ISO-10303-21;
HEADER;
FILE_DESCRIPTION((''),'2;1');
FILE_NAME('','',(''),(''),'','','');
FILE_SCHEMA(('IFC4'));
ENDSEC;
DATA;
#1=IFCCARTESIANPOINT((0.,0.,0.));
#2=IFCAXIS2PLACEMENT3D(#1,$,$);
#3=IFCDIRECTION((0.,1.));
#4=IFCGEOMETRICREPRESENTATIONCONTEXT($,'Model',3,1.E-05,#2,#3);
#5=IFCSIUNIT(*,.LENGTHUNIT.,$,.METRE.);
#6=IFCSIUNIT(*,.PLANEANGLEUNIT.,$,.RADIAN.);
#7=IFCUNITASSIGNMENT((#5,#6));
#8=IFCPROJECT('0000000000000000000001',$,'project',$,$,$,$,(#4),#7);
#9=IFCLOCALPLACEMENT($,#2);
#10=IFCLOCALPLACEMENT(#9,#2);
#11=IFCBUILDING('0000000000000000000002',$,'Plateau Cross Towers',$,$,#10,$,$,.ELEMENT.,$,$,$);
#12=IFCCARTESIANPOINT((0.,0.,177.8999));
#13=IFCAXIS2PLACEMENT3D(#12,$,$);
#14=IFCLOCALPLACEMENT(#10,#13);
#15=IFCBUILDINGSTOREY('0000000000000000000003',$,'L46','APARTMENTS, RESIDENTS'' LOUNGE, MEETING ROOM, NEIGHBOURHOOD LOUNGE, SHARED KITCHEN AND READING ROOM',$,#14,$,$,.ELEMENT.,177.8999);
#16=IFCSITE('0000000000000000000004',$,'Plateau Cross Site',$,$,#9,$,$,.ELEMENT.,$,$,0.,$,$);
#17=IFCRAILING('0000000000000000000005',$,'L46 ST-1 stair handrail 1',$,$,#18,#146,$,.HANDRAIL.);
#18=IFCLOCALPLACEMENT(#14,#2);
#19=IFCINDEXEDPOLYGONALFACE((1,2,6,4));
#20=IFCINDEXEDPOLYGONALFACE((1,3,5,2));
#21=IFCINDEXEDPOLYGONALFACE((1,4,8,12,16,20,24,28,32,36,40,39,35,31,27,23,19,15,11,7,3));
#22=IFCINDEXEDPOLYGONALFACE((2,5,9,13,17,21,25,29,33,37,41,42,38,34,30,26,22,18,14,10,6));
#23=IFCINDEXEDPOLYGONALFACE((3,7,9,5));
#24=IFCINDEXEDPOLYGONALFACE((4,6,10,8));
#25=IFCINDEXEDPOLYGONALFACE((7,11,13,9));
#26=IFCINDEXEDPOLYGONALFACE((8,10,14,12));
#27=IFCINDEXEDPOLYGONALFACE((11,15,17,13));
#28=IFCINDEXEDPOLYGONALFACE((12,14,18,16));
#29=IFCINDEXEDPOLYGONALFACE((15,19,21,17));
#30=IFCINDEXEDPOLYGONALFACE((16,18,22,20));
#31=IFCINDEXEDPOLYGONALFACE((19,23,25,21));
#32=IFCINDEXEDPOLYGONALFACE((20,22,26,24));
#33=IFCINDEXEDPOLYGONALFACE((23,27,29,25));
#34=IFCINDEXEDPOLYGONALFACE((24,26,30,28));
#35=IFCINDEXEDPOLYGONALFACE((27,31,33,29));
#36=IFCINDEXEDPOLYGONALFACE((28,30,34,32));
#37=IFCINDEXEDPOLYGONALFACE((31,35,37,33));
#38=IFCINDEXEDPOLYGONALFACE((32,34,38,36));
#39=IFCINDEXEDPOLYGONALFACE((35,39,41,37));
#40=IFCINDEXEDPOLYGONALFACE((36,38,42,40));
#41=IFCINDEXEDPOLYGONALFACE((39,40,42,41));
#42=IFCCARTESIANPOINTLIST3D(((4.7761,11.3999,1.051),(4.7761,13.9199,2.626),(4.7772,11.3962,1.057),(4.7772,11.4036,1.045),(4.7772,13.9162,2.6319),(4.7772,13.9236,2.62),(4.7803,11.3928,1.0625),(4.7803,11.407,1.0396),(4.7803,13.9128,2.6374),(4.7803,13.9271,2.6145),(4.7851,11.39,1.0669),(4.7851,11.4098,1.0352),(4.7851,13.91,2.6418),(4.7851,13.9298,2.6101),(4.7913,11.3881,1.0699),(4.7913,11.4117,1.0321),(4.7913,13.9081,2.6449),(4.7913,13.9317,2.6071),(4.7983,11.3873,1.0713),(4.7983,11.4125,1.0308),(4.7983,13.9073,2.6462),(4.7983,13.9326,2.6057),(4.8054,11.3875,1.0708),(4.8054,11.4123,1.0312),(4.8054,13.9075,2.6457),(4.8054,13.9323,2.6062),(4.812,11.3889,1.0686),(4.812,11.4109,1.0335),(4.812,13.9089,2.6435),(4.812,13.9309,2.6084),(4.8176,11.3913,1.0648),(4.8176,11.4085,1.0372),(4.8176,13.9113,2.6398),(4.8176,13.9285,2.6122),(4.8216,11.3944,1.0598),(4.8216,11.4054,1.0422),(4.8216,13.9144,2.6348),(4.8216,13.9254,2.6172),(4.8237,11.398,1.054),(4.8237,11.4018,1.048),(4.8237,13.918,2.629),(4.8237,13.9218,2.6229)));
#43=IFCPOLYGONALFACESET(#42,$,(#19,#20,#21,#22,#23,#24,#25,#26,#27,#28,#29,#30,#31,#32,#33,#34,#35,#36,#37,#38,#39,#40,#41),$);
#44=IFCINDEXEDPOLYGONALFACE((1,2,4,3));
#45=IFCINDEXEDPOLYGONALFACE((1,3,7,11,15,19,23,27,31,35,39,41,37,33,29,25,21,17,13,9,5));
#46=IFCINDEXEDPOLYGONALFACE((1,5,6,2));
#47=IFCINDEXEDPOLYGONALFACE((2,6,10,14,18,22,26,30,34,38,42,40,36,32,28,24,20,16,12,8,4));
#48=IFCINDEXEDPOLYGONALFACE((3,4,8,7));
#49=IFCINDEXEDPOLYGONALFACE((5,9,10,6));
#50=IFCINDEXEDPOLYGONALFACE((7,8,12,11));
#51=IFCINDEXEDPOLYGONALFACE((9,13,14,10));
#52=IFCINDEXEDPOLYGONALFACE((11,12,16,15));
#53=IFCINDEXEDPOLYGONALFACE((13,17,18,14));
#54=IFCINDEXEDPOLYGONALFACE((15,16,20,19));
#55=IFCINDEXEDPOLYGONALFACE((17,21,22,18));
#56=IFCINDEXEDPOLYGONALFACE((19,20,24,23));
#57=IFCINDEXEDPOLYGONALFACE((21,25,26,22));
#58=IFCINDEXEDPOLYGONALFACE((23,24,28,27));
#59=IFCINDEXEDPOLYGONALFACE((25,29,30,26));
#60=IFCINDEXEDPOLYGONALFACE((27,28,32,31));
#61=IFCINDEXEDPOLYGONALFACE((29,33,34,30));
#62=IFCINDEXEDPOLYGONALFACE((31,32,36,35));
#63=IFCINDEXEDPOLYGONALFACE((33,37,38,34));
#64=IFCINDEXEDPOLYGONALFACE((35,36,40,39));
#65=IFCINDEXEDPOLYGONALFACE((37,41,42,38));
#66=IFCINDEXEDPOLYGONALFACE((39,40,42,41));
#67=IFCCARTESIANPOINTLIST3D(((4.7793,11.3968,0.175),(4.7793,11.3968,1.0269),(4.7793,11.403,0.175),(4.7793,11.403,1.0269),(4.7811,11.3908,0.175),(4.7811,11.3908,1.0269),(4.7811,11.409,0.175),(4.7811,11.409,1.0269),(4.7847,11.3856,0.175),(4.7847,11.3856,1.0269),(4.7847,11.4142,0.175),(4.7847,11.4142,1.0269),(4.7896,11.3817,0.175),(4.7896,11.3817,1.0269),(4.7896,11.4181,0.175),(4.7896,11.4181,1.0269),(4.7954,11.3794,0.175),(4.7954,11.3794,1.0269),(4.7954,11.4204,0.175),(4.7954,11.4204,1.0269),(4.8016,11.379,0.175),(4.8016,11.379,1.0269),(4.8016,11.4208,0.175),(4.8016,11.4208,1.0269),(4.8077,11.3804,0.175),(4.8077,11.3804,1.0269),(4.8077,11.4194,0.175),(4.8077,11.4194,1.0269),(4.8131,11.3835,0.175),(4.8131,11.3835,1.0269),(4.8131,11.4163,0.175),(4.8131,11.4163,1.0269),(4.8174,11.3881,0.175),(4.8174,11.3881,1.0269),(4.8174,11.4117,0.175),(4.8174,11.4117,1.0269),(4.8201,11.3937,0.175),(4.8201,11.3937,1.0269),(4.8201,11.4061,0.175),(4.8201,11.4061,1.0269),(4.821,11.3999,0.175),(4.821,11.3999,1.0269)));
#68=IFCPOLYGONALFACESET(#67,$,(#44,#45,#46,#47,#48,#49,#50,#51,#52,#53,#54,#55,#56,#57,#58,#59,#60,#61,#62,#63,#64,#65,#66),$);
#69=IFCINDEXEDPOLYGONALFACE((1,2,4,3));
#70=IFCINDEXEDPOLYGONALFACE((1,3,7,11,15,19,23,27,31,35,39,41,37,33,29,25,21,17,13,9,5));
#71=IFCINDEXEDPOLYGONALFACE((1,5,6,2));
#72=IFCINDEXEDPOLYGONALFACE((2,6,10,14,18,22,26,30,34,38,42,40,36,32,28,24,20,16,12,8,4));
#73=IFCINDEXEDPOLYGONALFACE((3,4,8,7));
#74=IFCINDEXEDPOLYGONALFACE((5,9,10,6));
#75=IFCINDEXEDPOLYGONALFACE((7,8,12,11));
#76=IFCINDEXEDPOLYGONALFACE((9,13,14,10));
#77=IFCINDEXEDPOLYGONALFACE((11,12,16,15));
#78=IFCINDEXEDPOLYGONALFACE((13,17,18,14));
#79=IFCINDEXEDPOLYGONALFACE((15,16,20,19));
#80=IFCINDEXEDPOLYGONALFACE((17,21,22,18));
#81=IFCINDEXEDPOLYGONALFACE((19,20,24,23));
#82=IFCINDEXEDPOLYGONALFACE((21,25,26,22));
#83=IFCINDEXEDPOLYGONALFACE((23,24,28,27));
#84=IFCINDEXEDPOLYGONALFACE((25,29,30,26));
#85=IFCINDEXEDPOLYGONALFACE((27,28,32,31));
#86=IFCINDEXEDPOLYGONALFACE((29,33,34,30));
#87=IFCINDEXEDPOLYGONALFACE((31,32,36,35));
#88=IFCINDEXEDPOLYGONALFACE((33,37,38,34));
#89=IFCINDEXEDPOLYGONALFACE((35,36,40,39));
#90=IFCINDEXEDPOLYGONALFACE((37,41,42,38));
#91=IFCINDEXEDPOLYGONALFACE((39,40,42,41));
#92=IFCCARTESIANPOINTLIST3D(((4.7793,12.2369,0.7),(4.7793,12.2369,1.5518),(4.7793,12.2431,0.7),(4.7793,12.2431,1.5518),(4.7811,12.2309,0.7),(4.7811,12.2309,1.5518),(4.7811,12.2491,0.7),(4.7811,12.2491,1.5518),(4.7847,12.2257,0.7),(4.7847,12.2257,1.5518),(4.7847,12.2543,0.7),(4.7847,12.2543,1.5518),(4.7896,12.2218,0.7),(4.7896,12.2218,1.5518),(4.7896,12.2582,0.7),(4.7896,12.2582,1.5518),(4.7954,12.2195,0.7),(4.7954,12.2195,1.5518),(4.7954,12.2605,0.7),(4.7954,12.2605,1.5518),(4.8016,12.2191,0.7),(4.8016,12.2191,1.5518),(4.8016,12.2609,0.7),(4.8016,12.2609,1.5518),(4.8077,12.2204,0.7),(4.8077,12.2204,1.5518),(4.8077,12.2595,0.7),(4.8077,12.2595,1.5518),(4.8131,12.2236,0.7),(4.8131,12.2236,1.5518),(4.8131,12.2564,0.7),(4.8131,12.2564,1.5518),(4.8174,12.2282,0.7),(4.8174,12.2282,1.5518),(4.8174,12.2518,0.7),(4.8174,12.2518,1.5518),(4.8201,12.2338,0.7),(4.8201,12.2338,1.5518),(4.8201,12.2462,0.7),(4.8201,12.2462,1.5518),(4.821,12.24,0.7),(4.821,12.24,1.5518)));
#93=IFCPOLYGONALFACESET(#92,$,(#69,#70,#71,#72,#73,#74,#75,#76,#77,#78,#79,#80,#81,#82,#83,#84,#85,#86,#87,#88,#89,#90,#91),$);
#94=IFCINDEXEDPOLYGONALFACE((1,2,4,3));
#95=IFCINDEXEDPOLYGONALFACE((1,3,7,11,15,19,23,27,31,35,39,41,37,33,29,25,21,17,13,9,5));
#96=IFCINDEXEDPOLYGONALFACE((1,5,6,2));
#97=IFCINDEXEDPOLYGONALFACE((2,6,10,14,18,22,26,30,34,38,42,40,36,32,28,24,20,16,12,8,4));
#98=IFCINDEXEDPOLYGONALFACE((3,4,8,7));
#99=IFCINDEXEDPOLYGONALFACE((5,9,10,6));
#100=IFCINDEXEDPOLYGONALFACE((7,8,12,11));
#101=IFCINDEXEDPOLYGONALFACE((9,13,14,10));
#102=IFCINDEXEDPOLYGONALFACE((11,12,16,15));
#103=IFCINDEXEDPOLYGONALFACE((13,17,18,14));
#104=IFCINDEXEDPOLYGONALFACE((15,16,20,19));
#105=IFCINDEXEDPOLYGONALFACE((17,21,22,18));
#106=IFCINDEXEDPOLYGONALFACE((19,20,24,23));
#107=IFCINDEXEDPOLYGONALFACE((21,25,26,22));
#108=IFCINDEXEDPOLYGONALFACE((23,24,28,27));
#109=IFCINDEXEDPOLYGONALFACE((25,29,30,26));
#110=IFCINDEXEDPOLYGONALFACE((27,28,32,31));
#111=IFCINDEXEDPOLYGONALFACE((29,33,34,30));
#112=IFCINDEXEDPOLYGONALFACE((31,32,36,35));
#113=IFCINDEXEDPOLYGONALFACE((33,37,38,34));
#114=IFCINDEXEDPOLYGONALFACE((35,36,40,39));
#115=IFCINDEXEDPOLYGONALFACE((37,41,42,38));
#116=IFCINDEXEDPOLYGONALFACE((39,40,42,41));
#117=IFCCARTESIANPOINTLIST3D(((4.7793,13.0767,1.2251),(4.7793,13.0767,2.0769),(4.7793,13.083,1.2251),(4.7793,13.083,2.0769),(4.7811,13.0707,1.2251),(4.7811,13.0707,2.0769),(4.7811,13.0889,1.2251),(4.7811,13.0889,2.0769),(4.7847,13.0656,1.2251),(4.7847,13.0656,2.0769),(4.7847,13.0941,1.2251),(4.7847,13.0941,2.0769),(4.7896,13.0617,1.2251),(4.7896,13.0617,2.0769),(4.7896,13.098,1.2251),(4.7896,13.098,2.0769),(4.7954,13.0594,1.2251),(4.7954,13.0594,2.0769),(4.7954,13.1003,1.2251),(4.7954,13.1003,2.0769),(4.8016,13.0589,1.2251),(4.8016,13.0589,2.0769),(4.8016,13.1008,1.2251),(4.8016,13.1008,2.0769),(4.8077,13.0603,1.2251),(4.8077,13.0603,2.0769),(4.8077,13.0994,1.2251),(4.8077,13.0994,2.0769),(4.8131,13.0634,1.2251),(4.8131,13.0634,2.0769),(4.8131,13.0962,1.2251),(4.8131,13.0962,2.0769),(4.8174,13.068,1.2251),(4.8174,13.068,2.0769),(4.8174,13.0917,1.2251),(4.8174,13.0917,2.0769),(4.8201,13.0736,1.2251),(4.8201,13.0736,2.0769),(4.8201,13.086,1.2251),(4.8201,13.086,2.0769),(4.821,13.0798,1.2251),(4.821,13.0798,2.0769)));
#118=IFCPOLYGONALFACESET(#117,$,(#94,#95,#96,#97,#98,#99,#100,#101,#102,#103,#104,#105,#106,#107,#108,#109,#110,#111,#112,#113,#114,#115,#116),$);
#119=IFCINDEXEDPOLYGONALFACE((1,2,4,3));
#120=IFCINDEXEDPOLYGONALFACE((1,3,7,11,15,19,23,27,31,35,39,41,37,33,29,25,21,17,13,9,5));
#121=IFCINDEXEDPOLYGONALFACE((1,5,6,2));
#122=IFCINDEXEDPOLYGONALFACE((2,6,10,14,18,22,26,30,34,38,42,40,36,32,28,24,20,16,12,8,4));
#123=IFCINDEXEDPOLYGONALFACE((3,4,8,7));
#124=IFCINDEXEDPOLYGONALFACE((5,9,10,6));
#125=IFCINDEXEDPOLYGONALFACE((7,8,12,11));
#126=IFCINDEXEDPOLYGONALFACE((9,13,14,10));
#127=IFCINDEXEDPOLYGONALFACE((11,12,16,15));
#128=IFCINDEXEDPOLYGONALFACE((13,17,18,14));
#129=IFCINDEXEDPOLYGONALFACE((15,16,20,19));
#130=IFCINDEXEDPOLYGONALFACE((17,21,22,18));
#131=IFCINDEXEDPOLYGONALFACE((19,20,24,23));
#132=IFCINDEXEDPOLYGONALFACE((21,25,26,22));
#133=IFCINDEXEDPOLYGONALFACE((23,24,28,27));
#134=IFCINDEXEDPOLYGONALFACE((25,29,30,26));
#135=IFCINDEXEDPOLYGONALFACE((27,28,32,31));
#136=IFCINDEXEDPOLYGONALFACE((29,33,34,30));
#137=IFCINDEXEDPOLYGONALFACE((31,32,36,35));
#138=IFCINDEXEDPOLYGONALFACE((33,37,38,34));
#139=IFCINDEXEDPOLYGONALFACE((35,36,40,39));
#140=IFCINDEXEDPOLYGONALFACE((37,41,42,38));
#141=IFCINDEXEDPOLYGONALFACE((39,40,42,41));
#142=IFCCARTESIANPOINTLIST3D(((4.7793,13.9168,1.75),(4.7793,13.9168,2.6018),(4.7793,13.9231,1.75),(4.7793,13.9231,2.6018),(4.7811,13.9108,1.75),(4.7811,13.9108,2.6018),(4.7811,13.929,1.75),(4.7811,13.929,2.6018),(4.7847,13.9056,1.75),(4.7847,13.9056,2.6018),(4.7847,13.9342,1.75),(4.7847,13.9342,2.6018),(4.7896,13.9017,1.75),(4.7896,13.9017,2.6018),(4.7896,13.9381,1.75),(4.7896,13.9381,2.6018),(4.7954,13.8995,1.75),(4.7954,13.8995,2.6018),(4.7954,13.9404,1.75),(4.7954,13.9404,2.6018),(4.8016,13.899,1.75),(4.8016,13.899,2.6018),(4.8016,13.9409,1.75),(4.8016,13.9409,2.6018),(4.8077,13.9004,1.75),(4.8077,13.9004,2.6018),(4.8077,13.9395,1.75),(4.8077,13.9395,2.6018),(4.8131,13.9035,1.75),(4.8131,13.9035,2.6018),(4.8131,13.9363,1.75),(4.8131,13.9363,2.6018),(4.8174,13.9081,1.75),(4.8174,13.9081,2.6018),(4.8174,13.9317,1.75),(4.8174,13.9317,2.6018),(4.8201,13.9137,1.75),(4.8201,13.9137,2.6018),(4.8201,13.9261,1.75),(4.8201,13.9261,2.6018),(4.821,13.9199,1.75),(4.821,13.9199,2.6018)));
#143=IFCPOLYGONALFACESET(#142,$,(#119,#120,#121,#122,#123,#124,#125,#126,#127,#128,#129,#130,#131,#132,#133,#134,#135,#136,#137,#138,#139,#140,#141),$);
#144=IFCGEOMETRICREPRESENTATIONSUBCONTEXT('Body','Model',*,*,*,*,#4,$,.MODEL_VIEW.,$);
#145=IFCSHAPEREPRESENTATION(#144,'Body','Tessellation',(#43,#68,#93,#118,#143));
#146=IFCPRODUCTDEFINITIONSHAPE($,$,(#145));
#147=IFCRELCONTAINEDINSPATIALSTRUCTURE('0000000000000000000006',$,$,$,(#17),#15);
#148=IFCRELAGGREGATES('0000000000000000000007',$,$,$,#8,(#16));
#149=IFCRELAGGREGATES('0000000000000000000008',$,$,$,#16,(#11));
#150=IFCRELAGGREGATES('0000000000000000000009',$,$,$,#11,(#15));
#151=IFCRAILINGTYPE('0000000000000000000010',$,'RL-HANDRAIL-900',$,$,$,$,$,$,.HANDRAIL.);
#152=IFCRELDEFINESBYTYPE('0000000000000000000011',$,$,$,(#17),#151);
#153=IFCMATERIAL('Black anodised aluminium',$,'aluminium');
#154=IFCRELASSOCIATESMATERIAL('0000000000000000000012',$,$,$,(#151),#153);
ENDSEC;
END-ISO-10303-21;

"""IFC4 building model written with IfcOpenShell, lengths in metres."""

from ifc_helpers import new_model, si_unit, direction, frame, origin, origin_2d, place, context, subcontext, project, spatial, circle, extrude, material, type_object, element, save


model = new_model("IFC4")

# Units and contexts
model_context = context("Model", 3, precision=1e-05, world=origin(), true_north=direction((0.0, 1.0)))
body_context = subcontext(model_context, "Body", "Model", "MODEL_VIEW")
ifc_project = project(units=[si_unit("LENGTHUNIT", "METRE"), si_unit("PLANEANGLEUNIT", "RADIAN")], contexts=[model_context])

# Site, building, storey
site_placement = place(None, origin())
site = spatial("IfcSite", under=ifc_project, at=site_placement, Name="Plateau Cross Site", CompositionType="ELEMENT", RefElevation=0.0)
building_placement = place(site_placement, origin())
building = spatial("IfcBuilding", under=site, at=building_placement, Name="Plateau Cross Towers", CompositionType="ELEMENT")
storey_placement = place(building_placement, frame((0.0, 0.0, 177.8999)))
storey = spatial("IfcBuildingStorey", under=building, at=storey_placement, Name="L46", Description="APARTMENTS, RESIDENTS' LOUNGE, MEETING ROOM, NEIGHBOURHOOD LOUNGE, SHARED KITCHEN AND READING ROOM", CompositionType="ELEMENT", Elevation=177.8999)

# Shared definitions
ifc_material_1 = material(Name="Black anodised aluminium", Category="aluminium")

# Railing
railing_type_1 = type_object("IfcRailingType", Name="RL-HANDRAIL-900", PredefinedType="HANDRAIL", material=ifc_material_1)
railing_1_placement = place(storey_placement, frame((4.8, 11.3999, 0.175)))
element("IfcRailing", 1, at=railing_1_placement, inside=storey, type_object=railing_type_1, Name="L46 ST-1 stair handrail 1", PredefinedType="HANDRAIL", context=body_context, shape_type="SweptSolid", body=[
    extrude(circle(Radius=0.0239, at=origin_2d()), frame((0.0, 0.0, 0.876), z_axis=(0.0, 0.848008, 0.529984), x_axis=(-1.0, 0.0, 0.0)), (0.0, 0.0, 1.0), 2.9717),
    extrude(circle(Radius=0.021, at=origin_2d()), origin(), (0.0, 0.0, 1.0), 0.8518),
    extrude(circle(Radius=0.021, at=origin_2d()), frame((0.0, 0.8401, 0.5249)), (0.0, 0.0, 1.0), 0.8518),
    extrude(circle(Radius=0.021, at=origin_2d()), frame((0.0, 1.6799, 1.05)), (0.0, 0.0, 1.0), 0.8518),
    extrude(circle(Radius=0.021, at=origin_2d()), frame((0.0, 2.52, 1.575)), (0.0, 0.0, 1.0), 0.8518),
])

save(model, "model.ifc")
